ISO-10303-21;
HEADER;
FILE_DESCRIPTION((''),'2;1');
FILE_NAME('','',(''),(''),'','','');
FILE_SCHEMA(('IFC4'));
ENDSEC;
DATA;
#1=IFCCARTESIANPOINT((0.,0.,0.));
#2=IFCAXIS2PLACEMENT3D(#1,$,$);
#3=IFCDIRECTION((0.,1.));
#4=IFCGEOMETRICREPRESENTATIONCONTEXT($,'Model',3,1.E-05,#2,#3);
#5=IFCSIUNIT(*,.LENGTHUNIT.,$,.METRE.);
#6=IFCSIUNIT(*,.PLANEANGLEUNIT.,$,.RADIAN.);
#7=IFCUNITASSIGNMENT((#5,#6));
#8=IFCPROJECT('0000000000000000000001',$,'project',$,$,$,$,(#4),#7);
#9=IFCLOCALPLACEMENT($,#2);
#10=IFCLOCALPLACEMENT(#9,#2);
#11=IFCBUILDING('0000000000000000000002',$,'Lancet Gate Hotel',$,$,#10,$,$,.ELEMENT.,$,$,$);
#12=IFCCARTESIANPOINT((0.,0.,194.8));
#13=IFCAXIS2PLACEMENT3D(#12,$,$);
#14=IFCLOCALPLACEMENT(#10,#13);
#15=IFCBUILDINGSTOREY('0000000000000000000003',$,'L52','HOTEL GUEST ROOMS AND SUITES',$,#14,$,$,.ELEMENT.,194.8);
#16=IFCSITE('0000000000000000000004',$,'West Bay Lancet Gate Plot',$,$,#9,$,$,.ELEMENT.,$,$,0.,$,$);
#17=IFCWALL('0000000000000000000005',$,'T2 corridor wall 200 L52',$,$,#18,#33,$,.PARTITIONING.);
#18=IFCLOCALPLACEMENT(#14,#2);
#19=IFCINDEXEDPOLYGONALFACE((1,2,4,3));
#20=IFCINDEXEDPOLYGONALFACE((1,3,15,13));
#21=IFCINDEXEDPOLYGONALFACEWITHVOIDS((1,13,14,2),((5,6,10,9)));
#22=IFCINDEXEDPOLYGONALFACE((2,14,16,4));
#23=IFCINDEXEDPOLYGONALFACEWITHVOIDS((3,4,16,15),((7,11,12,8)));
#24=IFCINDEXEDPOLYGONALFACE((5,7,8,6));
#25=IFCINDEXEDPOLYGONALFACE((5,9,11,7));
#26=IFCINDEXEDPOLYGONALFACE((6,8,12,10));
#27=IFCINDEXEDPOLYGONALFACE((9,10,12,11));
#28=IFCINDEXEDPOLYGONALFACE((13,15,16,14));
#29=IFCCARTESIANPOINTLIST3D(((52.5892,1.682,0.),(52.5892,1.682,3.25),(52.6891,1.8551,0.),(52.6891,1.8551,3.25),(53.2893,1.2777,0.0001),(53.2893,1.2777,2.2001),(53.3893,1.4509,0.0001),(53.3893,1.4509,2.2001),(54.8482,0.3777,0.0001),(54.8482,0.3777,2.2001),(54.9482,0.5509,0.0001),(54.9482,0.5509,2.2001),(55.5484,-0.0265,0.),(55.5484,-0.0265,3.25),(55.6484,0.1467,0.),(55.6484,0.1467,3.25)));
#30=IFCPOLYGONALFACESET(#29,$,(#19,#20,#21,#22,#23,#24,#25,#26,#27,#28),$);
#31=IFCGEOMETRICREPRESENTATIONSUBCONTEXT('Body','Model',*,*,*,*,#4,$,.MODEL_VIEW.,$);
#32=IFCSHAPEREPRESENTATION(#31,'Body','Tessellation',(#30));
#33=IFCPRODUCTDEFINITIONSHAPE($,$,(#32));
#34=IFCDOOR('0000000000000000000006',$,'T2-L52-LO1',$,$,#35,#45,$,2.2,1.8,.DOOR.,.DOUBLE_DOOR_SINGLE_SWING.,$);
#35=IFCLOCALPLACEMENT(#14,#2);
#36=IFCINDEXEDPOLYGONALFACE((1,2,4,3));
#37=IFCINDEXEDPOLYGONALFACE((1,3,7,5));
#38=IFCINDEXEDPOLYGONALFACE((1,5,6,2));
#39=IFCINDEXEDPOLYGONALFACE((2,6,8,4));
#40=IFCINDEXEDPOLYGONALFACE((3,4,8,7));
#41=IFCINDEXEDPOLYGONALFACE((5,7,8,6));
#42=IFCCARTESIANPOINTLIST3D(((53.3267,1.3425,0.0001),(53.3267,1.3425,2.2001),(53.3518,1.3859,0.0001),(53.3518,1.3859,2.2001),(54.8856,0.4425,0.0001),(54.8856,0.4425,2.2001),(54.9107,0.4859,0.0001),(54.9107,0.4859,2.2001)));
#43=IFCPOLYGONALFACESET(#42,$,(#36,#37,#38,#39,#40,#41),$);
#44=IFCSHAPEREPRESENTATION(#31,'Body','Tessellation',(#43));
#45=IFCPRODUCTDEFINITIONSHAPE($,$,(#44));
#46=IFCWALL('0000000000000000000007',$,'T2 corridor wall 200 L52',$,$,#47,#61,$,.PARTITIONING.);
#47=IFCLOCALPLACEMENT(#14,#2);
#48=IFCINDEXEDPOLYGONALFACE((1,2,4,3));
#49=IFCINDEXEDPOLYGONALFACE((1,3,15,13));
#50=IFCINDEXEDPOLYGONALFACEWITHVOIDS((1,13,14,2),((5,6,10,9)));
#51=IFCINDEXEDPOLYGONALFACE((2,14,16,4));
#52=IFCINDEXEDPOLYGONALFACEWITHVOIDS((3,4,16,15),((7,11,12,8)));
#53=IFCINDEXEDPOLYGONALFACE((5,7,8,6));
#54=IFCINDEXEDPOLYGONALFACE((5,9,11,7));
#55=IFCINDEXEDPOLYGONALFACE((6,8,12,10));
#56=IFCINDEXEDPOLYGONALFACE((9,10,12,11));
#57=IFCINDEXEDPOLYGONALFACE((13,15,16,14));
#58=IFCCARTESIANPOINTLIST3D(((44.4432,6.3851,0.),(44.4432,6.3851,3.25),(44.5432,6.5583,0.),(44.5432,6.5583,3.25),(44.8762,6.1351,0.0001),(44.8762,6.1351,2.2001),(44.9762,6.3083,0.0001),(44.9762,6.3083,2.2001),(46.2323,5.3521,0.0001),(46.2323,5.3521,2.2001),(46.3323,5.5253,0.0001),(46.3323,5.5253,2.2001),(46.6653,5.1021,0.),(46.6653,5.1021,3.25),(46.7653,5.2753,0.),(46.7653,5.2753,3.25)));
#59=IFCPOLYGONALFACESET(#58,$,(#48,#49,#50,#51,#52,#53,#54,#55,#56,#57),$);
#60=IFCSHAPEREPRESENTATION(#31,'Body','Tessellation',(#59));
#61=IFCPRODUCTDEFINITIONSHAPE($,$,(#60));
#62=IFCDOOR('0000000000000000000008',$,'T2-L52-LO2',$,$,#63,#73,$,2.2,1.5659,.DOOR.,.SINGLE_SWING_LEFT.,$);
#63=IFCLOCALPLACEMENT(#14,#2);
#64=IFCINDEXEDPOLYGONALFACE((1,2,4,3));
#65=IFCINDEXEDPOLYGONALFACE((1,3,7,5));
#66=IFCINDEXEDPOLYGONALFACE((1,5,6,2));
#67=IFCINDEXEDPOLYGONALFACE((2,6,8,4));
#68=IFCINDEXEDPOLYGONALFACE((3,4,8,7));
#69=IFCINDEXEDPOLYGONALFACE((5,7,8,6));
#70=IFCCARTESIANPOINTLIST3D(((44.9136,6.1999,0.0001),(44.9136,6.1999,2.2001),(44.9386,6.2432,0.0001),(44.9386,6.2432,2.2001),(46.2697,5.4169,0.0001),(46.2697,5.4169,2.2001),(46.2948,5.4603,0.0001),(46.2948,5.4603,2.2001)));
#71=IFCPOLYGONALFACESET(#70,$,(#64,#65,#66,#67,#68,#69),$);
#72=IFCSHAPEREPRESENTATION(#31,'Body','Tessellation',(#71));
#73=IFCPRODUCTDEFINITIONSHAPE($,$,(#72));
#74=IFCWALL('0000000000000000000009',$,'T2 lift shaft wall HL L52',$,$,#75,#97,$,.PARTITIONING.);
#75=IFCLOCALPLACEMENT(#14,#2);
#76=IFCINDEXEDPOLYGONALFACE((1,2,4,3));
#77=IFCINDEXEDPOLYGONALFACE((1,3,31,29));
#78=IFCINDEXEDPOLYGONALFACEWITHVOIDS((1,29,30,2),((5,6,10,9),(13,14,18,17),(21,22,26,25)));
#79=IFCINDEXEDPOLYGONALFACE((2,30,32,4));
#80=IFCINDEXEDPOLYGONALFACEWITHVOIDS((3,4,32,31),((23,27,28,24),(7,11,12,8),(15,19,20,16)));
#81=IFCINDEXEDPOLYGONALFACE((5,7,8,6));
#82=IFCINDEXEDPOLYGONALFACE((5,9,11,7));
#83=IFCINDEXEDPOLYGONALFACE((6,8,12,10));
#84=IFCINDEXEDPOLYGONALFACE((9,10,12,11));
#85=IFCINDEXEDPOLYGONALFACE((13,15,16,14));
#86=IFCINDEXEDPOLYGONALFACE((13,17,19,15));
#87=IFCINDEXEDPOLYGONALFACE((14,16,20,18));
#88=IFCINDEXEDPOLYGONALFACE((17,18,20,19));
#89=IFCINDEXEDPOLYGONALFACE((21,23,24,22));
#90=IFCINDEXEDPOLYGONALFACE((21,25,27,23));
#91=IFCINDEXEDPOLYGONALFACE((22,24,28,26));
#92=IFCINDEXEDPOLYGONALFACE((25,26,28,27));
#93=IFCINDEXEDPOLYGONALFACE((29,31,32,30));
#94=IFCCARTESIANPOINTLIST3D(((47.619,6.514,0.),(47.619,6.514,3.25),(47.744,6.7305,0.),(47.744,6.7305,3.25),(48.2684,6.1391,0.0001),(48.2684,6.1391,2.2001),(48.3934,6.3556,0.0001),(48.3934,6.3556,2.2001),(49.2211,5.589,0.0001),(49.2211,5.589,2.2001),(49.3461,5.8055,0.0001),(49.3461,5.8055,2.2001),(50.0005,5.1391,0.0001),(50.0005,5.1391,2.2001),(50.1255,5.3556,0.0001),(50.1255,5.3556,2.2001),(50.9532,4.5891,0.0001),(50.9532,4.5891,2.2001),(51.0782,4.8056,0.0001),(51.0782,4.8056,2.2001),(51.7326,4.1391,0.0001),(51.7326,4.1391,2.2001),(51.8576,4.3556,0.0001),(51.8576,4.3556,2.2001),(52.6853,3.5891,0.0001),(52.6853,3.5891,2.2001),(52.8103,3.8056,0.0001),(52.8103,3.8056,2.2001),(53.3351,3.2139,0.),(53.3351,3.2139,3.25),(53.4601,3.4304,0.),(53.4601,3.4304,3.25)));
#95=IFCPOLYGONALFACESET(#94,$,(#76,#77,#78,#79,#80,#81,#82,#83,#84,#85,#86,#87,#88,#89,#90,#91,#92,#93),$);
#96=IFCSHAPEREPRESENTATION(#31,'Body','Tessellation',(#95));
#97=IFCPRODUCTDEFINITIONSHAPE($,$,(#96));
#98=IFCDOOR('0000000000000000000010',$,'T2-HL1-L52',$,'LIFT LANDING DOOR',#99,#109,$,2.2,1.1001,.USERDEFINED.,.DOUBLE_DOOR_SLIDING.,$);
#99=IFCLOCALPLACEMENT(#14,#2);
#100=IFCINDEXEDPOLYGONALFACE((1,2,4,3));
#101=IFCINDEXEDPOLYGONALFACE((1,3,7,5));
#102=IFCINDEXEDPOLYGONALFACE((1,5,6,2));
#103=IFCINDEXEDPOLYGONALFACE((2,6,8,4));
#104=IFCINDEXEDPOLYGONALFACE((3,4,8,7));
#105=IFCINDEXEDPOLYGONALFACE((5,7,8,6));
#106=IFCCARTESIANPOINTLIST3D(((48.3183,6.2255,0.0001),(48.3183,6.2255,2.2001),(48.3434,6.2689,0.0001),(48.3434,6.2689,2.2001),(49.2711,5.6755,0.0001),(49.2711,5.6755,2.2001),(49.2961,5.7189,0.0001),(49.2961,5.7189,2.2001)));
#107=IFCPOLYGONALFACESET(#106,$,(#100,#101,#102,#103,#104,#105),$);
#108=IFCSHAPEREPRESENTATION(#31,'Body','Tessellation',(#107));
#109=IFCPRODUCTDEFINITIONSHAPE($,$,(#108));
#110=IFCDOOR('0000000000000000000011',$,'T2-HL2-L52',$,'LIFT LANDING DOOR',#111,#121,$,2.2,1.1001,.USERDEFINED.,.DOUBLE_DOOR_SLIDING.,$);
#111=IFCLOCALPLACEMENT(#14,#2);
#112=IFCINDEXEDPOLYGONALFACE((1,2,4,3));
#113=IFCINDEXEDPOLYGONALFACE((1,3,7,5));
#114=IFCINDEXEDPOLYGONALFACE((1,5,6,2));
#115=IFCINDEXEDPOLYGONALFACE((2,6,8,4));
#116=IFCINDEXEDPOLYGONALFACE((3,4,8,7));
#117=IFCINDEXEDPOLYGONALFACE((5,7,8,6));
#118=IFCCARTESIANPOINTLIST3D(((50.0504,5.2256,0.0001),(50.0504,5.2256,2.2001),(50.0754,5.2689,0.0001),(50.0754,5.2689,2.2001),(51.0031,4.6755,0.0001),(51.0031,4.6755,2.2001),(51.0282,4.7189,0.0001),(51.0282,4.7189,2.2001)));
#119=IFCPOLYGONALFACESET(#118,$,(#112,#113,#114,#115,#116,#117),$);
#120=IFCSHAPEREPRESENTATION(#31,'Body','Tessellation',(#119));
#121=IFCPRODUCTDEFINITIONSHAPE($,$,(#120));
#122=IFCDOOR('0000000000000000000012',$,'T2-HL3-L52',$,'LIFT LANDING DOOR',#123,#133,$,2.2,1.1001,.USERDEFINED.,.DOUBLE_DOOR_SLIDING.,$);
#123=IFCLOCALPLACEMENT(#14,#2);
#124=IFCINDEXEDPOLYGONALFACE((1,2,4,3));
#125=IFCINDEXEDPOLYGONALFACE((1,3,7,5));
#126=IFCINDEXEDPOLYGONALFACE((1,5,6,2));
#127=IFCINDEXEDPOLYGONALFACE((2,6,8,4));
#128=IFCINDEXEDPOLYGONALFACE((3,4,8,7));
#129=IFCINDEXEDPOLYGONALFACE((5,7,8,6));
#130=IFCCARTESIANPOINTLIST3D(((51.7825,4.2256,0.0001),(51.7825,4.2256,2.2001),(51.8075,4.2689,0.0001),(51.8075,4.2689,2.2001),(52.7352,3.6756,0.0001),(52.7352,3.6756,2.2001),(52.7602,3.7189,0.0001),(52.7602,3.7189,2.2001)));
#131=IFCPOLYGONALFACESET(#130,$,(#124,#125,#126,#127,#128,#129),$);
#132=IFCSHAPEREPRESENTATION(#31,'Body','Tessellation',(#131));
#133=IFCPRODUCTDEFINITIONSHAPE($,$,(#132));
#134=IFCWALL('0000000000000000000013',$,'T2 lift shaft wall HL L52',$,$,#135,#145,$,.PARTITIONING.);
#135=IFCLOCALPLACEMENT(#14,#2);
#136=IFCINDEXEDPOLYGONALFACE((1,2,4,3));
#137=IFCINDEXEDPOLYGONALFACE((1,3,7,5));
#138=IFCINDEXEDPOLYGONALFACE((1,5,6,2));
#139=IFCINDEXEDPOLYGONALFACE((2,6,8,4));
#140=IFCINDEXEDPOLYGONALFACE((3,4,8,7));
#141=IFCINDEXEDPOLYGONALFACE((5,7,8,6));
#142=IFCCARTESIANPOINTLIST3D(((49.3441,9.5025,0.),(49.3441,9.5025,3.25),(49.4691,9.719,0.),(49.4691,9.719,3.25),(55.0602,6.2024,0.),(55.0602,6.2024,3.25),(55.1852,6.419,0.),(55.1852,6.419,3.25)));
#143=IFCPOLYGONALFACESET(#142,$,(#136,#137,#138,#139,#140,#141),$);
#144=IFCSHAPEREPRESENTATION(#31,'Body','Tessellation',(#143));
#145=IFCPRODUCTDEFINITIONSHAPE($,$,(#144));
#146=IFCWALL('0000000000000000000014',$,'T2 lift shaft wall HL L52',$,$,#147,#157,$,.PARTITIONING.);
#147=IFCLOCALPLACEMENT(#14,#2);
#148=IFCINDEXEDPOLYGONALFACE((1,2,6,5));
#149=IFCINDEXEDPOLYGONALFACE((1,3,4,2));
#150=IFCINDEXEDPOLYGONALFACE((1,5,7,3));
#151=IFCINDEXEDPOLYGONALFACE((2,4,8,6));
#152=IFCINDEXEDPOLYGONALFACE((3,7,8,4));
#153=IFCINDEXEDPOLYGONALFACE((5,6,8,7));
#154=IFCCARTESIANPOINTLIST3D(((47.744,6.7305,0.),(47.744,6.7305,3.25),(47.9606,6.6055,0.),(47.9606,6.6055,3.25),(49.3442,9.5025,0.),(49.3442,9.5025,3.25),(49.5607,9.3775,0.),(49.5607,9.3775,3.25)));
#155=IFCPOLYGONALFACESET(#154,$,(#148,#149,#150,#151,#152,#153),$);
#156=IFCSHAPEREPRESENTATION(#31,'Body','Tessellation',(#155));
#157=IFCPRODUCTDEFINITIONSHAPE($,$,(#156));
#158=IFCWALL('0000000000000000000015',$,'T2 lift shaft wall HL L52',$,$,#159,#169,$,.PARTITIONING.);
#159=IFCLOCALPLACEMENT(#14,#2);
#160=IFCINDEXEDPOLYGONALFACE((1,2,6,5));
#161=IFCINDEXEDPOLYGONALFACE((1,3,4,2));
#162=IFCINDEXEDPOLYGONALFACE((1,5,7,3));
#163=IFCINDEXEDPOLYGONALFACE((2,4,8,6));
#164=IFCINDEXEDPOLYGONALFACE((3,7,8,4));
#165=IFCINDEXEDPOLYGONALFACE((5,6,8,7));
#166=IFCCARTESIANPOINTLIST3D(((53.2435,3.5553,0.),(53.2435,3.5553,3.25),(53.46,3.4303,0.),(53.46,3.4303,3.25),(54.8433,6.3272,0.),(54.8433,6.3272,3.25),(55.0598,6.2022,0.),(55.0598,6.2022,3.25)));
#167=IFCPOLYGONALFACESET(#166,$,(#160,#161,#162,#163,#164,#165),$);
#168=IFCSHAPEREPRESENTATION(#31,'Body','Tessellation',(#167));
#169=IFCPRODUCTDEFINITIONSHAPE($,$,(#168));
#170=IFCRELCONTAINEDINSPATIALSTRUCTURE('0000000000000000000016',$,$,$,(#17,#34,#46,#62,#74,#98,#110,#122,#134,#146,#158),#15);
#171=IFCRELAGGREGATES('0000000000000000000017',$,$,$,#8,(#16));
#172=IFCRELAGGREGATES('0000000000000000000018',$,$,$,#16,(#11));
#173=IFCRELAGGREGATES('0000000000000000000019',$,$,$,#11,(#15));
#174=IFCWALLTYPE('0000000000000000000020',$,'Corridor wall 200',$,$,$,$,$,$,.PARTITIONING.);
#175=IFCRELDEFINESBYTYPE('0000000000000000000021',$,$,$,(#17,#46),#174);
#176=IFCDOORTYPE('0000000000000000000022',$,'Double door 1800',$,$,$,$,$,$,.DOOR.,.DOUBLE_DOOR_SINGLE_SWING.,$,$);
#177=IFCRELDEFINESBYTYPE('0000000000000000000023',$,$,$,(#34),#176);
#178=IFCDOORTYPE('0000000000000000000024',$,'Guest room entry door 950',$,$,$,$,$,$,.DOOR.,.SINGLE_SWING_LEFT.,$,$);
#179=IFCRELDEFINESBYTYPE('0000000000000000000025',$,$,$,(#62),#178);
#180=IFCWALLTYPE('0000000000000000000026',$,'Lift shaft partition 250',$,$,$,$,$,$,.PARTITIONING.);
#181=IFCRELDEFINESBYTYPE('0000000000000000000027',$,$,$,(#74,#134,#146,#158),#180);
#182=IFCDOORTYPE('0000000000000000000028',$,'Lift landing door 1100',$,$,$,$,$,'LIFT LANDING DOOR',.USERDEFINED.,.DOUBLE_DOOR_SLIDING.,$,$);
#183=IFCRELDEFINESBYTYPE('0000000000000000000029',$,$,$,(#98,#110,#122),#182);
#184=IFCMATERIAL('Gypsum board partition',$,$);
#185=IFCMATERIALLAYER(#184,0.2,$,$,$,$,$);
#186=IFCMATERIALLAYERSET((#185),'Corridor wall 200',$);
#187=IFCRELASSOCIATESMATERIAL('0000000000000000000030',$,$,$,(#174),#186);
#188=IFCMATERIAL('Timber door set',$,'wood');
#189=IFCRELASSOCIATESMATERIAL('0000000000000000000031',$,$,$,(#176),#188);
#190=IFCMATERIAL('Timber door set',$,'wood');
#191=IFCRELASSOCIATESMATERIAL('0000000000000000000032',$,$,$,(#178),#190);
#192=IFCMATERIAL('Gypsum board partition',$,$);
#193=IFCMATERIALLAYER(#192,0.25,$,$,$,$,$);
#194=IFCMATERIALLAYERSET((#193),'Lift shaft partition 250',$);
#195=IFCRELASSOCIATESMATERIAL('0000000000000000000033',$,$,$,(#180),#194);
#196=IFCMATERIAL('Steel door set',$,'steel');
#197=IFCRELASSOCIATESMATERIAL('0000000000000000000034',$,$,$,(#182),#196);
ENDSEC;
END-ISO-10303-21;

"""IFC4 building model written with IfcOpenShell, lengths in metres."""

from ifc_helpers import new_model, si_unit, direction, frame, frame_2d, origin, place, context, subcontext, project, spatial, rectangle, extrude, material, layer, layer_set, type_object, element, fill, save


model = new_model("IFC4")

# Units and contexts
model_context = context("Model", 3, precision=1e-05, world=origin(), true_north=direction((0.0, 1.0)))
body_context = subcontext(model_context, "Body", "Model", "MODEL_VIEW")
ifc_project = project(units=[si_unit("LENGTHUNIT", "METRE"), si_unit("PLANEANGLEUNIT", "RADIAN")], contexts=[model_context])

# Site, building, storey
site_placement = place(None, origin())
site = spatial("IfcSite", under=ifc_project, at=site_placement, Name="West Bay Lancet Gate Plot", CompositionType="ELEMENT", RefElevation=0.0)
building_placement = place(site_placement, origin())
building = spatial("IfcBuilding", under=site, at=building_placement, Name="Lancet Gate Hotel", CompositionType="ELEMENT")
storey_placement = place(building_placement, frame((0.0, 0.0, 194.8)))
storey = spatial("IfcBuildingStorey", under=building, at=storey_placement, Name="L52", Description="HOTEL GUEST ROOMS AND SUITES", CompositionType="ELEMENT", Elevation=194.8)

# Walls, openings, doors
ifc_material_1 = material(Name="Gypsum board partition")
ifc_layer_1 = layer(ifc_material_1, 0.2)
ifc_layer_set_1 = layer_set([ifc_layer_1], Name="Corridor wall 200")
wall_type_1 = type_object("IfcWallType", Name="Corridor wall 200", PredefinedType="PARTITIONING", material=ifc_layer_set_1)
wall_1_placement = place(storey_placement, frame((52.6392, 1.7686, 0.0), z_axis=(0.0, 0.0, 1.0), x_axis=(0.866027, -0.499997, 0.0)))
wall_1 = element("IfcWall", 1, at=wall_1_placement, inside=storey, type_object=wall_type_1, Name="T2 corridor wall 200 L52", PredefinedType="PARTITIONING", context=body_context, shape_type="SweptSolid", body=[
    extrude(rectangle(XDim=3.417, YDim=0.2, at=frame_2d((1.7085, 0.0))), origin(), (0.0, 0.0, 1.0), 3.25),
])
opening_1_placement = place(wall_1_placement, frame((0.8086, 0.0, 0.0)))
opening_1 = element("IfcOpeningElement", 2, at=opening_1_placement, cuts=wall_1, PredefinedType="OPENING", context=body_context, shape_type="SweptSolid", body=[
    extrude(rectangle(XDim=1.8, YDim=2.2, at=frame_2d((0.8999, 1.1001))), frame((0.0, 0.1099, 0.0), z_axis=(0.0, -1.0, 0.0), x_axis=(1.0, 0.0, 0.0)), (0.0, 0.0, 1.0), 0.22),
])
ifc_material_2 = material(Name="Timber door set", Category="wood")
door_type_1 = type_object("IfcDoorType", Name="Double door 1800", OperationType="DOUBLE_DOOR_SINGLE_SWING", PredefinedType="DOOR", material=ifc_material_2)
door_1_placement = place(opening_1_placement, origin())
door_1 = element("IfcDoor", 3, at=door_1_placement, inside=storey, type_object=door_type_1, Name="T2-L52-LO1", OperationType="DOUBLE_DOOR_SINGLE_SWING", OverallHeight=2.2, OverallWidth=1.8, PredefinedType="DOOR", context=body_context, shape_type="SweptSolid", body=[
    extrude(rectangle(XDim=1.8, YDim=2.2, at=frame_2d((0.8999, 1.1001))), frame((0.0, 0.0249, 0.0), z_axis=(0.0, -1.0, 0.0), x_axis=(1.0, 0.0, 0.0)), (0.0, 0.0, 1.0), 0.05),
])
fill(opening_1, door_1)
wall_2_placement = place(storey_placement, frame((44.4932, 6.4717, 0.0), z_axis=(0.0, 0.0, 1.0), x_axis=(0.866027, -0.499997, 0.0)))
wall_2 = element("IfcWall", 4, at=wall_2_placement, inside=storey, type_object=wall_type_1, Name="T2 corridor wall 200 L52", PredefinedType="PARTITIONING", context=body_context, shape_type="SweptSolid", body=[
    extrude(rectangle(XDim=2.5659, YDim=0.2, at=frame_2d((1.283, 0.0))), origin(), (0.0, 0.0, 1.0), 3.25),
])
opening_2_placement = place(wall_2_placement, frame((0.5, 0.0, 0.0)))
opening_2 = element("IfcOpeningElement", 5, at=opening_2_placement, cuts=wall_2, PredefinedType="OPENING", context=body_context, shape_type="SweptSolid", body=[
    extrude(rectangle(XDim=1.5659, YDim=2.2, at=frame_2d((0.783, 1.1001))), frame((0.0, 0.1099, 0.0), z_axis=(0.0, -1.0, 0.0), x_axis=(1.0, 0.0, 0.0)), (0.0, 0.0, 1.0), 0.22),
])
ifc_material_3 = material(Name="Timber door set", Category="wood")
door_type_2 = type_object("IfcDoorType", Name="Guest room entry door 950", OperationType="SINGLE_SWING_LEFT", PredefinedType="DOOR", material=ifc_material_3)
door_2_placement = place(opening_2_placement, origin())
door_2 = element("IfcDoor", 6, at=door_2_placement, inside=storey, type_object=door_type_2, Name="T2-L52-LO2", OperationType="SINGLE_SWING_LEFT", OverallHeight=2.2, OverallWidth=1.5659, PredefinedType="DOOR", context=body_context, shape_type="SweptSolid", body=[
    extrude(rectangle(XDim=1.5659, YDim=2.2, at=frame_2d((0.783, 1.1001))), frame((0.0, 0.0249, 0.0), z_axis=(0.0, -1.0, 0.0), x_axis=(1.0, 0.0, 0.0)), (0.0, 0.0, 1.0), 0.05),
])
fill(opening_2, door_2)

# Wall, openings, doors
ifc_material_4 = material(Name="Gypsum board partition")
ifc_layer_2 = layer(ifc_material_4, 0.25)
ifc_layer_set_2 = layer_set([ifc_layer_2], Name="Lift shaft partition 250")
wall_type_2 = type_object("IfcWallType", Name="Lift shaft partition 250", PredefinedType="PARTITIONING", material=ifc_layer_set_2)
wall_3_placement = place(storey_placement, frame((47.6814, 6.6223, 0.0), z_axis=(0.0, 0.0, 1.0), x_axis=(0.866033, -0.499986, 0.0)))
wall_3 = element("IfcWall", 7, at=wall_3_placement, inside=storey, type_object=wall_type_2, Name="T2 lift shaft wall HL L52", PredefinedType="PARTITIONING", context=body_context, shape_type="SweptSolid", body=[
    extrude(rectangle(XDim=6.6003, YDim=0.25, at=frame_2d((3.3003, 0.0))), origin(), (0.0, 0.0, 1.0), 3.25),
])
opening_3_placement = place(wall_3_placement, frame((0.75, 0.0, 0.0)))
opening_3 = element("IfcOpeningElement", 8, at=opening_3_placement, cuts=wall_3, PredefinedType="OPENING", context=body_context, shape_type="SweptSolid", body=[
    extrude(rectangle(XDim=1.1001, YDim=2.2, at=frame_2d((0.55, 1.1001))), frame((0.0, 0.135, 0.0), z_axis=(0.0, -1.0, 0.0), x_axis=(1.0, 0.0, 0.0)), (0.0, 0.0, 1.0), 0.27),
])
opening_4_placement = place(wall_3_placement, frame((2.75, 0.0, 0.0)))
opening_4 = element("IfcOpeningElement", 9, at=opening_4_placement, cuts=wall_3, PredefinedType="OPENING", context=body_context, shape_type="SweptSolid", body=[
    extrude(rectangle(XDim=1.1001, YDim=2.2, at=frame_2d((0.55, 1.1001))), frame((0.0, 0.135, 0.0), z_axis=(0.0, -1.0, 0.0), x_axis=(1.0, 0.0, 0.0)), (0.0, 0.0, 1.0), 0.27),
])
opening_5_placement = place(wall_3_placement, frame((4.75, 0.0, 0.0)))
opening_5 = element("IfcOpeningElement", 10, at=opening_5_placement, cuts=wall_3, PredefinedType="OPENING", context=body_context, shape_type="SweptSolid", body=[
    extrude(rectangle(XDim=1.1001, YDim=2.2, at=frame_2d((0.55, 1.1001))), frame((0.0, 0.135, 0.0), z_axis=(0.0, -1.0, 0.0), x_axis=(1.0, 0.0, 0.0)), (0.0, 0.0, 1.0), 0.27),
])
ifc_material_5 = material(Name="Steel door set", Category="steel")
door_type_3 = type_object("IfcDoorType", Name="Lift landing door 1100", ElementType="LIFT LANDING DOOR", OperationType="DOUBLE_DOOR_SLIDING", PredefinedType="USERDEFINED", material=ifc_material_5)
door_3_placement = place(opening_3_placement, origin())
door_3 = element("IfcDoor", 11, at=door_3_placement, inside=storey, type_object=door_type_3, Name="T2-HL1-L52", ObjectType="LIFT LANDING DOOR", OperationType="DOUBLE_DOOR_SLIDING", OverallHeight=2.2, OverallWidth=1.1001, PredefinedType="USERDEFINED", context=body_context, shape_type="SweptSolid", body=[
    extrude(rectangle(XDim=1.1001, YDim=2.2, at=frame_2d((0.55, 1.1001))), frame((0.0, 0.0249, 0.0), z_axis=(0.0, -1.0, 0.0), x_axis=(1.0, 0.0, 0.0)), (0.0, 0.0, 1.0), 0.05),
])
fill(opening_3, door_3)
door_4_placement = place(opening_4_placement, origin())
door_4 = element("IfcDoor", 12, at=door_4_placement, inside=storey, type_object=door_type_3, Name="T2-HL2-L52", ObjectType="LIFT LANDING DOOR", OperationType="DOUBLE_DOOR_SLIDING", OverallHeight=2.2, OverallWidth=1.1001, PredefinedType="USERDEFINED", context=body_context, shape_type="SweptSolid", body=[
    extrude(rectangle(XDim=1.1001, YDim=2.2, at=frame_2d((0.55, 1.1001))), frame((0.0, 0.0249, 0.0), z_axis=(0.0, -1.0, 0.0), x_axis=(1.0, 0.0, 0.0)), (0.0, 0.0, 1.0), 0.05),
])
fill(opening_4, door_4)
door_5_placement = place(opening_5_placement, origin())
door_5 = element("IfcDoor", 13, at=door_5_placement, inside=storey, type_object=door_type_3, Name="T2-HL3-L52", ObjectType="LIFT LANDING DOOR", OperationType="DOUBLE_DOOR_SLIDING", OverallHeight=2.2, OverallWidth=1.1001, PredefinedType="USERDEFINED", context=body_context, shape_type="SweptSolid", body=[
    extrude(rectangle(XDim=1.1001, YDim=2.2, at=frame_2d((0.55, 1.1001))), frame((0.0, 0.0249, 0.0), z_axis=(0.0, -1.0, 0.0), x_axis=(1.0, 0.0, 0.0)), (0.0, 0.0, 1.0), 0.05),
])
fill(opening_5, door_5)

# Walls
wall_4_placement = place(storey_placement, frame((49.4065, 9.6108, 0.0), z_axis=(0.0, 0.0, 1.0), x_axis=(0.866033, -0.499986, 0.0)))
element("IfcWall", 14, at=wall_4_placement, inside=storey, type_object=wall_type_2, Name="T2 lift shaft wall HL L52", PredefinedType="PARTITIONING", context=body_context, shape_type="SweptSolid", body=[
    extrude(rectangle(XDim=6.6003, YDim=0.25, at=frame_2d((3.3003, 0.0))), origin(), (0.0, 0.0, 1.0), 3.25),
])
wall_5_placement = place(storey_placement, frame((47.8523, 6.668, 0.0), z_axis=(0.0, 0.0, 1.0), x_axis=(0.499929, 0.866066, 0.0)))
element("IfcWall", 15, at=wall_5_placement, inside=storey, type_object=wall_type_2, Name="T2 lift shaft wall HL L52", PredefinedType="PARTITIONING", context=body_context, shape_type="SweptSolid", body=[
    extrude(rectangle(XDim=3.2007, YDim=0.25, at=frame_2d((1.6003, 0.0))), origin(), (0.0, 0.0, 1.0), 3.25),
])
wall_6_placement = place(storey_placement, frame((53.3518, 3.4929, 0.0), z_axis=(0.0, 0.0, 1.0), x_axis=(0.499872, 0.866099, 0.0)))
element("IfcWall", 16, at=wall_6_placement, inside=storey, type_object=wall_type_2, Name="T2 lift shaft wall HL L52", PredefinedType="PARTITIONING", context=body_context, shape_type="SweptSolid", body=[
    extrude(rectangle(XDim=3.2004, YDim=0.25, at=frame_2d((1.6001, 0.0))), origin(), (0.0, 0.0, 1.0), 3.25),
])

save(model, "model.ifc")
